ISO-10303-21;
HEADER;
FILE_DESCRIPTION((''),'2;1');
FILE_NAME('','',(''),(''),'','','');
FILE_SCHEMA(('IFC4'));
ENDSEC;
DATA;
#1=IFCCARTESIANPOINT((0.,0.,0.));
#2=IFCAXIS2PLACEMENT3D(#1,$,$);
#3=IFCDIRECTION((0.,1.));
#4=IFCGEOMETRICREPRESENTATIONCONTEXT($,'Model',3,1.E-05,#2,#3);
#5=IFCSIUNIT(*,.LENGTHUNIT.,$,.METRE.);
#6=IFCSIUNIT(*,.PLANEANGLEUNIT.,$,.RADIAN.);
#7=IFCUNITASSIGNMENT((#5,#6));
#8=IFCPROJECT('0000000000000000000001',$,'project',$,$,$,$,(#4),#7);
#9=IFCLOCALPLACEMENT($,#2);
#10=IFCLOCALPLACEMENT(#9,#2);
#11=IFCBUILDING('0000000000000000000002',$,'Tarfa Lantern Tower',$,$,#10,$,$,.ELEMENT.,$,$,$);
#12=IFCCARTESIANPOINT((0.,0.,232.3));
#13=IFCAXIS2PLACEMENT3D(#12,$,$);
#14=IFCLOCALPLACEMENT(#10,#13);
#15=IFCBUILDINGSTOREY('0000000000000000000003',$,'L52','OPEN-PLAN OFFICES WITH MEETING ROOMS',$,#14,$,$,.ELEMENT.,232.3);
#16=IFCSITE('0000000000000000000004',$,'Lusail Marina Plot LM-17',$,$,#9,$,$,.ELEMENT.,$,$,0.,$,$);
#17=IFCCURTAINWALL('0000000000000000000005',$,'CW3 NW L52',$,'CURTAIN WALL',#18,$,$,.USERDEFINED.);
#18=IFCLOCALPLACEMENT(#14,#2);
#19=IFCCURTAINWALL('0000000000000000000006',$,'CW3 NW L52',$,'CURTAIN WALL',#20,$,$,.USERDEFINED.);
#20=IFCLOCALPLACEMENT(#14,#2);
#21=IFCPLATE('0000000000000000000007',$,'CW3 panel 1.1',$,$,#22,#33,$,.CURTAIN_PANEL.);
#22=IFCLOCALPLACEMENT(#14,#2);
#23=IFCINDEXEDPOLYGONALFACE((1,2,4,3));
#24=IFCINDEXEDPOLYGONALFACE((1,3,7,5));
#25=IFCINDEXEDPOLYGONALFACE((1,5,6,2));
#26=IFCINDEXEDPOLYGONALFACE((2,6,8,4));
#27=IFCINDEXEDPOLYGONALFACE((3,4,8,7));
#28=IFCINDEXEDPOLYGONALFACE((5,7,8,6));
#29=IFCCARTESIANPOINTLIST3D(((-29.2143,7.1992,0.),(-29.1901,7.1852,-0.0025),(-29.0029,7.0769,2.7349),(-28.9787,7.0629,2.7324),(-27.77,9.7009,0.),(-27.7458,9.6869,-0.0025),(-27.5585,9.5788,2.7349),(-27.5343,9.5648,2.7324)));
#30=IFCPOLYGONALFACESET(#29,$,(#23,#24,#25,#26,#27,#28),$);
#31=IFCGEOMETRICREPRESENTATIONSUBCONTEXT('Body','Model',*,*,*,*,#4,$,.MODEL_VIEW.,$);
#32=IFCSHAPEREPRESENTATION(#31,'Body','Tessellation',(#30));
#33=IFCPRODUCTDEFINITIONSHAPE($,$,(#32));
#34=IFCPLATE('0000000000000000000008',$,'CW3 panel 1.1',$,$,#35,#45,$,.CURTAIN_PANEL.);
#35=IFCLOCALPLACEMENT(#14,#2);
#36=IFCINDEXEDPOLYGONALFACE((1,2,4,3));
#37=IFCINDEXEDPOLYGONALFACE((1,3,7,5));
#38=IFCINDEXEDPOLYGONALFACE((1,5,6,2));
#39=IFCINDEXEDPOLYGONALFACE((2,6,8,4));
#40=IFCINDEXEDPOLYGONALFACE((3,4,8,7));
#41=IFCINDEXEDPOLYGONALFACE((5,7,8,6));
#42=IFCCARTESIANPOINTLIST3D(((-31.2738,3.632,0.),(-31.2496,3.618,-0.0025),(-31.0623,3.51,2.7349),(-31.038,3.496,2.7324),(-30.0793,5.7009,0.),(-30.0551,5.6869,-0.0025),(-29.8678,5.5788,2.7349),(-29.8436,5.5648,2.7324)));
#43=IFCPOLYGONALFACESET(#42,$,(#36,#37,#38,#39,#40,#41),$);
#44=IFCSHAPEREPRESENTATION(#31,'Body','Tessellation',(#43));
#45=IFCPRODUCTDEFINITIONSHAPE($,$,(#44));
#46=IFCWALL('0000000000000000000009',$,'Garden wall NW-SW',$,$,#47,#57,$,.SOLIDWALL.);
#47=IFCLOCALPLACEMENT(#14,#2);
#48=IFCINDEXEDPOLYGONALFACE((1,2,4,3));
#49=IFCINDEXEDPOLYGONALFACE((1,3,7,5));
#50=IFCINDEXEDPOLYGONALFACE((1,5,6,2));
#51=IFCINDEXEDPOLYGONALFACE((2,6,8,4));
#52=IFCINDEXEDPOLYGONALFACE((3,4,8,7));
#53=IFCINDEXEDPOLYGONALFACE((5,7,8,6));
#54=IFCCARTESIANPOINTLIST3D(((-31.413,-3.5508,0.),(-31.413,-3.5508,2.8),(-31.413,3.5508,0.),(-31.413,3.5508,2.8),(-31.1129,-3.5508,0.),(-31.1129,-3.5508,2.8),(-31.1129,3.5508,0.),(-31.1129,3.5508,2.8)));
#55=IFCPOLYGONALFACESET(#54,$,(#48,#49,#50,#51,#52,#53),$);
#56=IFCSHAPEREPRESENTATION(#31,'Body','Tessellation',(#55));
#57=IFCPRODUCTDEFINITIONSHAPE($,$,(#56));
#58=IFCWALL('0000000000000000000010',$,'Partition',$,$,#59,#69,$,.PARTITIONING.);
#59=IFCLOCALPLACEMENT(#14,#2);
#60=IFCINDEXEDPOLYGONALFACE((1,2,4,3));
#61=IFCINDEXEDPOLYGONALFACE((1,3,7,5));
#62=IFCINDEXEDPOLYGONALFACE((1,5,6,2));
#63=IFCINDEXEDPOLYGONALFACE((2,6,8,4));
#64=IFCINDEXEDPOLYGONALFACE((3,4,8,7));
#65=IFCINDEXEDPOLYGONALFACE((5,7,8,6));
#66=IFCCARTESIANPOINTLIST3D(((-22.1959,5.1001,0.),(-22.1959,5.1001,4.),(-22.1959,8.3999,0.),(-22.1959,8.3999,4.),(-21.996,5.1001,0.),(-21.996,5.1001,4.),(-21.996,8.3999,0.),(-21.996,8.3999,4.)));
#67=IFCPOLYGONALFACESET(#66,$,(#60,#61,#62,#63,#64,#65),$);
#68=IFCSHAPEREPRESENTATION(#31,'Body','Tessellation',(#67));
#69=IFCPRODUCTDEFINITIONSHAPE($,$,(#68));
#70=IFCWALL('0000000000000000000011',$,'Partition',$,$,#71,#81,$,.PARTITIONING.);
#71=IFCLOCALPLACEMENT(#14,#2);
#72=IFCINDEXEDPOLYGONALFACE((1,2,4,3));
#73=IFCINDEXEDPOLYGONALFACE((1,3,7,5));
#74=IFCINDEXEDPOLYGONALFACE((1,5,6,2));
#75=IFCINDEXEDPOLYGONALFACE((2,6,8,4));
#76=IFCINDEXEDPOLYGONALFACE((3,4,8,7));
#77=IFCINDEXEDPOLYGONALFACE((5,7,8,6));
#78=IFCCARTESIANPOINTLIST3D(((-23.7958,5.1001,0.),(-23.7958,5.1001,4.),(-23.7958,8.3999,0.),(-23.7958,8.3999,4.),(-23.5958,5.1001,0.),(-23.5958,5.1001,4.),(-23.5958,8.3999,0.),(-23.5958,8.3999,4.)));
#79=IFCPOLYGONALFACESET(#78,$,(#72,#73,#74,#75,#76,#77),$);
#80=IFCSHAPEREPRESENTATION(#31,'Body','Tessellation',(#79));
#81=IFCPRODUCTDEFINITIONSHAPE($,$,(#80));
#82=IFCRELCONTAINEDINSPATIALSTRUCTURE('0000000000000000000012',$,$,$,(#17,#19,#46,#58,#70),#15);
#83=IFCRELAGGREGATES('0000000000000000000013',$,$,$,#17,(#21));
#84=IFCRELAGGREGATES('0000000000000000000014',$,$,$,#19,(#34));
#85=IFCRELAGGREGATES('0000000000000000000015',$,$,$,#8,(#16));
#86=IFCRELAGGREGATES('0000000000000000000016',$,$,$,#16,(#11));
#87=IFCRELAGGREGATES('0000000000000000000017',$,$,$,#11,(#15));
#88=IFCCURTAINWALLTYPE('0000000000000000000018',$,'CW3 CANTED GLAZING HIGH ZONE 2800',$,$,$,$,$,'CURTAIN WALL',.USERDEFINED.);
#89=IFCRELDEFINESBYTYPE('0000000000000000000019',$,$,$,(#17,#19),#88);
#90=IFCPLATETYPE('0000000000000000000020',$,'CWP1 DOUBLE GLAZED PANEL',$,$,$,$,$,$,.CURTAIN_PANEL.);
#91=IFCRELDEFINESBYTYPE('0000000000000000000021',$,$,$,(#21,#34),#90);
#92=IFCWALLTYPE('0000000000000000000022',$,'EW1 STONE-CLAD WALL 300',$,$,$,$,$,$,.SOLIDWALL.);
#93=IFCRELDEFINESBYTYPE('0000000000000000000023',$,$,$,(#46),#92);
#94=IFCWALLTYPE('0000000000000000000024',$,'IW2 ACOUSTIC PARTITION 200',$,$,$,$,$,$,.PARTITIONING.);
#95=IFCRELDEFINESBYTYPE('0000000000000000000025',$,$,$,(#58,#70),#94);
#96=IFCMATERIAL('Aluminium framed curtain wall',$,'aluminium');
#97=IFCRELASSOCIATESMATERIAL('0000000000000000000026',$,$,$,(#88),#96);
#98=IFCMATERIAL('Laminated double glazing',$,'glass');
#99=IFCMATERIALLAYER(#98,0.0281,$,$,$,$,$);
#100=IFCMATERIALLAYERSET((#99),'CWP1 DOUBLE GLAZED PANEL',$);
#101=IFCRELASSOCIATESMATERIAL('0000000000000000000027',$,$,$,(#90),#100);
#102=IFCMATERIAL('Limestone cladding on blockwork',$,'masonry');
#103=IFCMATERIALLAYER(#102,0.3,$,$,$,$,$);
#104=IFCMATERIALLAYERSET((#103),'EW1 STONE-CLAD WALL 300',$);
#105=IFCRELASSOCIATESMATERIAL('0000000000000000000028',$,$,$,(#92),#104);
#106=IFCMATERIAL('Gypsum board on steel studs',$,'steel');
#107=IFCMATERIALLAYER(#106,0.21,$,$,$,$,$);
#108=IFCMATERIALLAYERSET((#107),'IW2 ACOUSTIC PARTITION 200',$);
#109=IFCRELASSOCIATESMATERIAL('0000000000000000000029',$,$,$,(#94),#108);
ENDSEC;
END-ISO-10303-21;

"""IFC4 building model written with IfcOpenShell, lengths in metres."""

from ifc_helpers import new_model, si_unit, direction, frame, frame_2d, origin, place, context, subcontext, project, spatial, polyline, rectangle, outline, extrude, material, layer, layer_set, type_object, element, aggregate, save


model = new_model("IFC4")

# Units and contexts
model_context = context("Model", 3, precision=1e-05, world=origin(), true_north=direction((0.0, 1.0)))
body_context = subcontext(model_context, "Body", "Model", "MODEL_VIEW")
ifc_project = project(units=[si_unit("LENGTHUNIT", "METRE"), si_unit("PLANEANGLEUNIT", "RADIAN")], contexts=[model_context])

# Site, building, storey
site_placement = place(None, origin())
site = spatial("IfcSite", under=ifc_project, at=site_placement, Name="Lusail Marina Plot LM-17", CompositionType="ELEMENT", RefElevation=0.0)
building_placement = place(site_placement, origin())
building = spatial("IfcBuilding", under=site, at=building_placement, Name="Tarfa Lantern Tower", CompositionType="ELEMENT")
storey_placement = place(building_placement, frame((0.0, 0.0, 232.3)))
storey = spatial("IfcBuildingStorey", under=building, at=storey_placement, Name="L52", Description="OPEN-PLAN OFFICES WITH MEETING ROOMS", CompositionType="ELEMENT", Elevation=232.3)

# Shared definitions
ifc_material_1 = material(Name="Aluminium framed curtain wall", Category="aluminium")
curtain_wall_type = type_object("IfcCurtainWallType", Name="CW3 CANTED GLAZING HIGH ZONE 2800", ElementType="CURTAIN WALL", PredefinedType="USERDEFINED", material=ifc_material_1)

# Curtain walls
curtain_wall_1_placement = place(storey_placement, origin())
curtain_wall_1 = element("IfcCurtainWall", 1, at=curtain_wall_1_placement, inside=storey, type_object=curtain_wall_type, Name="CW3 NW L52", ObjectType="CURTAIN WALL", PredefinedType="USERDEFINED")
curtain_wall_2_placement = place(storey_placement, origin())
curtain_wall_2 = element("IfcCurtainWall", 2, at=curtain_wall_2_placement, inside=storey, type_object=curtain_wall_type, Name="CW3 NW L52", ObjectType="CURTAIN WALL", PredefinedType="USERDEFINED")

# Plates
ifc_material_2 = material(Name="Laminated double glazing", Category="glass")
ifc_layer_1 = layer(ifc_material_2, 0.0281)
ifc_layer_set_1 = layer_set([ifc_layer_1], Name="CWP1 DOUBLE GLAZED PANEL")
plate_type = type_object("IfcPlateType", Name="CWP1 DOUBLE GLAZED PANEL", PredefinedType="CURTAIN_PANEL", material=ifc_layer_set_1)
plate_1_placement = place(storey_placement, frame((-27.77, 9.7009, 0.0), z_axis=(-0.862608, 0.497994, 0.088936), x_axis=(-0.499975, -0.86604, -0.000002)))
plate_1 = element("IfcPlate", 3, at=plate_1_placement, type_object=plate_type, Name="CW3 panel 1.1", PredefinedType="CURTAIN_PANEL", context=body_context, shape_type="SweptSolid", body=[
    extrude(outline(polyline([(0.0, 0.0), (2.8887, 0.0), (2.8889, 2.7457), (0.0, 2.7457), (0.0, 0.0)])), origin(), (0.0, 0.0, -1.0), 0.0281),
])
aggregate(curtain_wall_1, [plate_1])
plate_2_placement = place(storey_placement, frame((-30.0793, 5.7009, 0.0), z_axis=(-0.862591, 0.498021, 0.088952), x_axis=(-0.500003, -0.866024, -0.000004)))
plate_2 = element("IfcPlate", 4, at=plate_2_placement, type_object=plate_type, Name="CW3 panel 1.1", PredefinedType="CURTAIN_PANEL", context=body_context, shape_type="SweptSolid", body=[
    extrude(outline(polyline([(0.0, 0.0), (2.389, 0.0), (2.3888, 2.7458), (0.0, 2.7457), (0.0, 0.0)])), origin(), (0.0, 0.0, -1.0), 0.0281),
])
aggregate(curtain_wall_2, [plate_2])

# Walls
ifc_material_3 = material(Name="Limestone cladding on blockwork", Category="masonry")
ifc_layer_2 = layer(ifc_material_3, 0.3)
ifc_layer_set_2 = layer_set([ifc_layer_2], Name="EW1 STONE-CLAD WALL 300")
wall_type_1 = type_object("IfcWallType", Name="EW1 STONE-CLAD WALL 300", PredefinedType="SOLIDWALL", material=ifc_layer_set_2)
wall_placement = place(storey_placement, frame((-31.2629, 3.5508, 0.0), z_axis=(0.0, 0.0, 1.0), x_axis=(0.0, -1.0, 0.0)))
element("IfcWall", 5, at=wall_placement, inside=storey, type_object=wall_type_1, Name="Garden wall NW-SW", PredefinedType="SOLIDWALL", context=body_context, shape_type="SweptSolid", body=[
    extrude(rectangle(XDim=7.1016, YDim=0.3, at=frame_2d((3.5508, 0.0))), origin(), (0.0, 0.0, 1.0), 2.8),
])
ifc_material_4 = material(Name="Gypsum board on steel studs", Category="steel")
ifc_layer_3 = layer(ifc_material_4, 0.21)
ifc_layer_set_3 = layer_set([ifc_layer_3], Name="IW2 ACOUSTIC PARTITION 200")
wall_type_2 = type_object("IfcWallType", Name="IW2 ACOUSTIC PARTITION 200", PredefinedType="PARTITIONING", material=ifc_layer_set_3)
for number, where, z_axis, x_axis, name in (
    (6, (-22.0959, 5.1001, 0.0), (0.0, 0.0, 1.0), (0.0, 1.0, 0.0), "Partition"),
    (7, (-23.6958, 5.1001, 0.0), (0.0, 0.0, 1.0), (0.0, 1.0, 0.0), "Partition"),
):
    element("IfcWall", number, at=place(storey_placement, frame(where, z_axis=z_axis, x_axis=x_axis)), inside=storey, type_object=wall_type_2, Name=name, PredefinedType="PARTITIONING", context=body_context, shape_type="SweptSolid", body=[
        extrude(rectangle(XDim=3.2998, YDim=0.2, at=frame_2d((1.6499, 0.0))), origin(), (0.0, 0.0, 1.0), 4.0),
    ])

save(model, "model.ifc")
